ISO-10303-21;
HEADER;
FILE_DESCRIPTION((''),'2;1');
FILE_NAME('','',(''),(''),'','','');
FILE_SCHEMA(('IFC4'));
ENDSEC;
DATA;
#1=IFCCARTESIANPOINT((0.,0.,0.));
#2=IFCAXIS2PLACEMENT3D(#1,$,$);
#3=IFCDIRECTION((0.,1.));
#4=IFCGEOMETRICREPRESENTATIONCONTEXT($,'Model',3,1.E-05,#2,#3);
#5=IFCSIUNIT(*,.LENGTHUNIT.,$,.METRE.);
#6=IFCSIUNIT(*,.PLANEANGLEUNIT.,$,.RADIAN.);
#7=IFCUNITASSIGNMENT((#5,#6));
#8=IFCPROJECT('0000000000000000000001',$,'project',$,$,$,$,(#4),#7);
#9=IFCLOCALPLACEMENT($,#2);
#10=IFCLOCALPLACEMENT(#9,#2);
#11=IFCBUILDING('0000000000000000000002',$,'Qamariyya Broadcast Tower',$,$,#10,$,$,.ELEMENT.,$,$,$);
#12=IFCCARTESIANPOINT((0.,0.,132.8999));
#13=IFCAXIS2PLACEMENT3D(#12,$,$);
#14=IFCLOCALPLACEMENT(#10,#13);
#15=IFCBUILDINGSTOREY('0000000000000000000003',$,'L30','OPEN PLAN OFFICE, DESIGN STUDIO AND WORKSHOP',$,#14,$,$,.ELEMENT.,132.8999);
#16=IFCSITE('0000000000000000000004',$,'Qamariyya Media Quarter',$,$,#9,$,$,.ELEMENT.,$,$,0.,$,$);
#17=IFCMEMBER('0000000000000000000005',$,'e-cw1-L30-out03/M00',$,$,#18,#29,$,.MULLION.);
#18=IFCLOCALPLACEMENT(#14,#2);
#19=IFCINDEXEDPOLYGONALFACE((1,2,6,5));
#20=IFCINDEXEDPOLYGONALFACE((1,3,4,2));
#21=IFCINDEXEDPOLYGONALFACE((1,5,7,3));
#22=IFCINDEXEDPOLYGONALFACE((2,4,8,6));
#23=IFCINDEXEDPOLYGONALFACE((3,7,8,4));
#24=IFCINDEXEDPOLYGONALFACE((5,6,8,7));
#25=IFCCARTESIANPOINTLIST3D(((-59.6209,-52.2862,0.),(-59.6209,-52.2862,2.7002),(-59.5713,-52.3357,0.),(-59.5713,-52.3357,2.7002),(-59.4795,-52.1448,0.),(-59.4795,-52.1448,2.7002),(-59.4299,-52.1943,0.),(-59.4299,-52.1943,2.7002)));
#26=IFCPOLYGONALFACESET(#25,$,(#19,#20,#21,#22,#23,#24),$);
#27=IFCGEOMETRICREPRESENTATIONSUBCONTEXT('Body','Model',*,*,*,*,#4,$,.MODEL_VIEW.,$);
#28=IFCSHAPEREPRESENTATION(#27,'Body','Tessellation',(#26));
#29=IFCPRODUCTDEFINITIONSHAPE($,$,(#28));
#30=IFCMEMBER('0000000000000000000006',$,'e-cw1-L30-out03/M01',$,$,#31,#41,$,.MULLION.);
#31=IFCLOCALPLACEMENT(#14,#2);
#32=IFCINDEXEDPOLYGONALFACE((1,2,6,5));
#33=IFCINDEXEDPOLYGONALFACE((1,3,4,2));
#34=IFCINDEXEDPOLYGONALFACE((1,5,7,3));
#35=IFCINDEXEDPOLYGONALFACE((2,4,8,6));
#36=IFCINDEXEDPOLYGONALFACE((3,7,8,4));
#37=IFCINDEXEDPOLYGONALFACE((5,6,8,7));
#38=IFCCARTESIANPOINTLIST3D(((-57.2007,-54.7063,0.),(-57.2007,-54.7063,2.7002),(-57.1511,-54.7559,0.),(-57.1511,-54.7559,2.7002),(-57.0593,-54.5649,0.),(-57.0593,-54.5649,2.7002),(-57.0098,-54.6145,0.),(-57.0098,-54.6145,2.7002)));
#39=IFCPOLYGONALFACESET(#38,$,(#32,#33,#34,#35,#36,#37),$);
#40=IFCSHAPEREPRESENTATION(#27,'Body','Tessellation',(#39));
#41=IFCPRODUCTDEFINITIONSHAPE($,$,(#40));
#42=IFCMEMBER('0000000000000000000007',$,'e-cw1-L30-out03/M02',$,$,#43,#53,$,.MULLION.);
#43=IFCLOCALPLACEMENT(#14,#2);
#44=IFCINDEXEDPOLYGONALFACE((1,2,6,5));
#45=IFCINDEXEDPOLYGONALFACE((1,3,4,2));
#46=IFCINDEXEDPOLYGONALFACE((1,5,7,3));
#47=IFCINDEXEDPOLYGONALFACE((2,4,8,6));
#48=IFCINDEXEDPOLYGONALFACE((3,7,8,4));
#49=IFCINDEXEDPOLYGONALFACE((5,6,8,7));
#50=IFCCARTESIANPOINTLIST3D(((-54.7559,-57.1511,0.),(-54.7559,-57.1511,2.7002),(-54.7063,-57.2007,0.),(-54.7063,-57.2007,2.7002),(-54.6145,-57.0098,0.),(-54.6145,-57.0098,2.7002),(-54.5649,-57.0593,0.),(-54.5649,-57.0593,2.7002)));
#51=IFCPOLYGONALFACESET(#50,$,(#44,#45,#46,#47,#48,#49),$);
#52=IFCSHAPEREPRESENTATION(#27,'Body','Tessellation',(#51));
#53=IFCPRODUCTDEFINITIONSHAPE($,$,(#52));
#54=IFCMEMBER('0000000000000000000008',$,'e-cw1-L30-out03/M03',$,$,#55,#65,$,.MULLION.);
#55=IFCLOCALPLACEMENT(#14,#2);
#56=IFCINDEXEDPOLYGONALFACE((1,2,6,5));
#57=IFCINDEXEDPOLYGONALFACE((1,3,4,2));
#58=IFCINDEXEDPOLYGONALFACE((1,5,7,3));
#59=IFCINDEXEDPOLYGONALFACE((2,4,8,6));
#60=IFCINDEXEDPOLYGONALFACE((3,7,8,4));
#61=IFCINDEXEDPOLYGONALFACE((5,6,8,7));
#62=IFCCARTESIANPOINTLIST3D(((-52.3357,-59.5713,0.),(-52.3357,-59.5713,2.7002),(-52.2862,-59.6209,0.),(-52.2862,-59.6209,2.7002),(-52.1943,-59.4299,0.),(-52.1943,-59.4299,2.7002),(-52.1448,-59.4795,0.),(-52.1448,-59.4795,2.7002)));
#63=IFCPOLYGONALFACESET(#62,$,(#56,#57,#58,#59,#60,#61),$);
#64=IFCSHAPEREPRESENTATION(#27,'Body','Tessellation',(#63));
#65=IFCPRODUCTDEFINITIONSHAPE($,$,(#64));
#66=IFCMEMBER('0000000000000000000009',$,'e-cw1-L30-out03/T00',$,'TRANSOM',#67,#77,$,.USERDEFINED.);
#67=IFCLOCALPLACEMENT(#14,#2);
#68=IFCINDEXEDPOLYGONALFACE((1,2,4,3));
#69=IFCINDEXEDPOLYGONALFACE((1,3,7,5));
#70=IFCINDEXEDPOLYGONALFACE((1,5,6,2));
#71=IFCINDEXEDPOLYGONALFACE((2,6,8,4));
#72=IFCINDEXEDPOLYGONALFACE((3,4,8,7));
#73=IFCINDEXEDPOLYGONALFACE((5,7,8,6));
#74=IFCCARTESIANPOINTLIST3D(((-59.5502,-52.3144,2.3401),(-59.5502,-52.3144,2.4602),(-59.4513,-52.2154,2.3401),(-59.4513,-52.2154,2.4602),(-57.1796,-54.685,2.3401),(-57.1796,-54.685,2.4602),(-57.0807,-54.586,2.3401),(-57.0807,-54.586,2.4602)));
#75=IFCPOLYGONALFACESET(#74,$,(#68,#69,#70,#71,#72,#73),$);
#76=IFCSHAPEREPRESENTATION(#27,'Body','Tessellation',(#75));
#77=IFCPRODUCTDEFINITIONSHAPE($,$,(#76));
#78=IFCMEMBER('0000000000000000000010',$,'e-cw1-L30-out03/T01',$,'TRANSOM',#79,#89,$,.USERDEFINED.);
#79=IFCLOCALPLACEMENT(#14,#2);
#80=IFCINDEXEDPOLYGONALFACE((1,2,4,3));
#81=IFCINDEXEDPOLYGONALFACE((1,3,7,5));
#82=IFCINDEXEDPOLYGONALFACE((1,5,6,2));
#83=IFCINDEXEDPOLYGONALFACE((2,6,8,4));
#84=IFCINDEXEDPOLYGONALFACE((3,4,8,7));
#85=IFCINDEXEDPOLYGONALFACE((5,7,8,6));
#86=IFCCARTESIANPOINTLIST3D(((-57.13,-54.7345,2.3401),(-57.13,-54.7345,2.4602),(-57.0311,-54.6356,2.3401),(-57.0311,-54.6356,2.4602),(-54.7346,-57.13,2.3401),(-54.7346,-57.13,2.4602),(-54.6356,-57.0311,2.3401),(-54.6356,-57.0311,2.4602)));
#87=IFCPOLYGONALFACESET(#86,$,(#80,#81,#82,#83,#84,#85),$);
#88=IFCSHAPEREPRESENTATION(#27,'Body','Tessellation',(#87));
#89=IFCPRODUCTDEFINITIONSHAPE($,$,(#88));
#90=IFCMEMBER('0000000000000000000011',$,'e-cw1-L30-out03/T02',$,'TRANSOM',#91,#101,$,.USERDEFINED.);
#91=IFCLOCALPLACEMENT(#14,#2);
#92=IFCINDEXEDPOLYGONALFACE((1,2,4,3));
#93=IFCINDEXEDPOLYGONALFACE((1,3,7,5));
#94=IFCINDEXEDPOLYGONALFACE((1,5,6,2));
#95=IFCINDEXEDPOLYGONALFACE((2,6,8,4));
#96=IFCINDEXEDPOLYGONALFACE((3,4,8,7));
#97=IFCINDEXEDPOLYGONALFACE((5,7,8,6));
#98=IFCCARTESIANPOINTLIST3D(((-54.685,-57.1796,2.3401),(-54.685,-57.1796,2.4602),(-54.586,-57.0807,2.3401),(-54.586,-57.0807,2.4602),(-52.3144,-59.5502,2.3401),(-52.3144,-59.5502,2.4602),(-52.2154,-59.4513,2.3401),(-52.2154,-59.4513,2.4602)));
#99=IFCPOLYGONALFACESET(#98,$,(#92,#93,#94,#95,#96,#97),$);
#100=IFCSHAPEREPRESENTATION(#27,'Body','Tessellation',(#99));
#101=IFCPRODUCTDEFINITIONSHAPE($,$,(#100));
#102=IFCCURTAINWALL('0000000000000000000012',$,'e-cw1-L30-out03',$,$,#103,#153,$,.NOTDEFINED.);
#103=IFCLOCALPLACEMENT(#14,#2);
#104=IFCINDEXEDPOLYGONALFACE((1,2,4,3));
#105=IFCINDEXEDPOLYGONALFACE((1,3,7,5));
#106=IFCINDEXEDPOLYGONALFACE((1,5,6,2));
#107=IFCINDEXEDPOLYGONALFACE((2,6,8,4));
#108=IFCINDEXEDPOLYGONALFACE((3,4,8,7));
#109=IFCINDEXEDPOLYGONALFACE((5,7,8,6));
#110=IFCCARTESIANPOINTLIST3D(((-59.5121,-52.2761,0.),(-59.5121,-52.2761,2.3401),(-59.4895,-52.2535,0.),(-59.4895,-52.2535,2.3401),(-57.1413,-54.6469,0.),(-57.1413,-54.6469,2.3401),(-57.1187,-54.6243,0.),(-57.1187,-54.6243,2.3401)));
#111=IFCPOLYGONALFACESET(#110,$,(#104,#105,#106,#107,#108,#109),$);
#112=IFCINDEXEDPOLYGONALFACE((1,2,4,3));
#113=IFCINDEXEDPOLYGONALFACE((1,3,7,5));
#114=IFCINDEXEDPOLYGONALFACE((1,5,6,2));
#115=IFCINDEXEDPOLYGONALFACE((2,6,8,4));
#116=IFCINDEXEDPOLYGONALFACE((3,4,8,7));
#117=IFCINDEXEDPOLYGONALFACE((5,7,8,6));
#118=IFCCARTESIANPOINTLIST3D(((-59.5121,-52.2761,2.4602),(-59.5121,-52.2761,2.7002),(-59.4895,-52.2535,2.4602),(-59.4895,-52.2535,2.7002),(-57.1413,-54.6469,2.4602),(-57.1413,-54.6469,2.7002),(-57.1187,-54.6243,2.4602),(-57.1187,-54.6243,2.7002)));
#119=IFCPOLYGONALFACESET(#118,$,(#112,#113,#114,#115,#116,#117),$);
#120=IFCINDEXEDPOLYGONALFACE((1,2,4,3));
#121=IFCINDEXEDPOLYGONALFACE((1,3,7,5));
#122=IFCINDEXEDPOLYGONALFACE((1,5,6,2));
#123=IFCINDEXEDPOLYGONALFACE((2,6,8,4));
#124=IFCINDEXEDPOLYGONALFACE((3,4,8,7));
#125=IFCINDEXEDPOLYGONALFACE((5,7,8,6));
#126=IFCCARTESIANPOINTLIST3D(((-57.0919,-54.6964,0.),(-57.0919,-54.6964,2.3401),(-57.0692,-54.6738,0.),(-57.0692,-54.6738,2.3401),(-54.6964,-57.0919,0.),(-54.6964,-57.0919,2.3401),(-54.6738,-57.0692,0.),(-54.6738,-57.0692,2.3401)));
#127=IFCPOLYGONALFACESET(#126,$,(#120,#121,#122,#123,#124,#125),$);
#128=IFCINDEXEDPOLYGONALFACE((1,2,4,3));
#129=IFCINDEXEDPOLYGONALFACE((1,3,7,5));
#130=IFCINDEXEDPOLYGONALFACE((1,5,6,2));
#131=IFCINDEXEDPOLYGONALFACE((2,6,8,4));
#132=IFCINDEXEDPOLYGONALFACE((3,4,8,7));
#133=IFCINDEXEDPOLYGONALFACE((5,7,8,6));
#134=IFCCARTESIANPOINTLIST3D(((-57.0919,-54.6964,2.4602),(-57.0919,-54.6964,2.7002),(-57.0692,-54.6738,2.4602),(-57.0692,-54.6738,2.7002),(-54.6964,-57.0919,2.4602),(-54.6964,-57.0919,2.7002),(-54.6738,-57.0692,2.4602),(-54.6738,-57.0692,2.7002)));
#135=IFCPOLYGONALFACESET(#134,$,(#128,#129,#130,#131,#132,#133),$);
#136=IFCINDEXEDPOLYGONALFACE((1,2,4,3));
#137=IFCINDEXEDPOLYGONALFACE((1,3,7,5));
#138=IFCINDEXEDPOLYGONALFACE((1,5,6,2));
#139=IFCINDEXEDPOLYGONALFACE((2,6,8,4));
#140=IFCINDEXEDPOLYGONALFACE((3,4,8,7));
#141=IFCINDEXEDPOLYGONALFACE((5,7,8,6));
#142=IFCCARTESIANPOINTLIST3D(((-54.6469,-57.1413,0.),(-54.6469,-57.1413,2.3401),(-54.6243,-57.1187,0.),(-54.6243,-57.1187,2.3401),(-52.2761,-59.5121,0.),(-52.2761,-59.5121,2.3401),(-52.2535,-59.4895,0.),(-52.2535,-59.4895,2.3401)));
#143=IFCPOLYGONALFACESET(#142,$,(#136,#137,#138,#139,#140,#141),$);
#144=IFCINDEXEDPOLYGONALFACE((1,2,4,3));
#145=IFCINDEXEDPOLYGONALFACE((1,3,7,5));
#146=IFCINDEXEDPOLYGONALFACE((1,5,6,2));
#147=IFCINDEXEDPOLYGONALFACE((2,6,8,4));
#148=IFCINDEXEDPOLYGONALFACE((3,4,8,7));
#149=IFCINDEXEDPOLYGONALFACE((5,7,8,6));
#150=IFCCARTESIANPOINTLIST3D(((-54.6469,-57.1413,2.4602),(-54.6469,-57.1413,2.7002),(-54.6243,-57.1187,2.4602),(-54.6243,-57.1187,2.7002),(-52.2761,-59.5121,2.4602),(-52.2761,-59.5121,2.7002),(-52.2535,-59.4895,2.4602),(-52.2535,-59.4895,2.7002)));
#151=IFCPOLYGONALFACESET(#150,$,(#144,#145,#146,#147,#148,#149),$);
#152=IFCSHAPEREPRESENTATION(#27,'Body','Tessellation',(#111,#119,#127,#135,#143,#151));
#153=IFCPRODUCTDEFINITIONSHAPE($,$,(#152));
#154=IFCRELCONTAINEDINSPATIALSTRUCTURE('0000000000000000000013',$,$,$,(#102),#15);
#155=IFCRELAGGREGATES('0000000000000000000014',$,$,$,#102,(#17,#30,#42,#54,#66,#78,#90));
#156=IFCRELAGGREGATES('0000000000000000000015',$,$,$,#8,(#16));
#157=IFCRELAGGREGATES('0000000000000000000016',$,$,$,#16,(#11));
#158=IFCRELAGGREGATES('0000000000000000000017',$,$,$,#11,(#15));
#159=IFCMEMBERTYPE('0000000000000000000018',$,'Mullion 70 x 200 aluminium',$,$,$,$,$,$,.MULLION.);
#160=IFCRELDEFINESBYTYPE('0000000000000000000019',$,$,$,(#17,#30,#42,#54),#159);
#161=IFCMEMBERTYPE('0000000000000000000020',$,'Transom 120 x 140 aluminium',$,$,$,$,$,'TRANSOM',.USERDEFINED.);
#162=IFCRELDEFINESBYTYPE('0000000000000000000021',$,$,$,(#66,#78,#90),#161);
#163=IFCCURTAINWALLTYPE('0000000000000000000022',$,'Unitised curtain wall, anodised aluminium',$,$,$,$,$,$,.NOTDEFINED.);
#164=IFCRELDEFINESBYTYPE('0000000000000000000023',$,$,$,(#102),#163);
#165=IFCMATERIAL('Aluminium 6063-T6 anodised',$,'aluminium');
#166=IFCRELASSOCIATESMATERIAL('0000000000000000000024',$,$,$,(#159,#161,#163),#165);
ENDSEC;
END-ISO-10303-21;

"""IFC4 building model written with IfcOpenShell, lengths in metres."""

from ifc_helpers import new_model, si_unit, direction, frame, origin, origin_2d, place, context, subcontext, project, spatial, rectangle, extrude, material, material_profile, profile_set, type_object, element, aggregate, save


model = new_model("IFC4")

# Units and contexts
model_context = context("Model", 3, precision=1e-05, world=origin(), true_north=direction((0.0, 1.0)))
body_context = subcontext(model_context, "Body", "Model", "MODEL_VIEW")
ifc_project = project(units=[si_unit("LENGTHUNIT", "METRE"), si_unit("PLANEANGLEUNIT", "RADIAN")], contexts=[model_context])

# Members
ifc_material = material(Name="Aluminium 6063-T6 anodised", Category="aluminium")
ifc_material_profile_1 = material_profile(ifc_material, rectangle(XDim=0.2, YDim=0.0701, at=origin_2d()))
ifc_profile_set_1 = profile_set([ifc_material_profile_1], Name="Aluminium 6063-T6 anodised")
member_type_1 = type_object("IfcMemberType", Name="Mullion 70 x 200 aluminium", PredefinedType="MULLION", material=ifc_profile_set_1)
site_placement = place(None, origin())
building_placement = place(site_placement, origin())
storey_placement = place(building_placement, frame((0.0, 0.0, 132.8999)))
member_1_placement = place(storey_placement, frame((-59.5254, -52.2402, 0.0), z_axis=(0.0, 0.0, 1.0), x_axis=(0.707107, 0.707107, 0.0)))
member_1 = element("IfcMember", 1, at=member_1_placement, type_object=member_type_1, Name="e-cw1-L30-out03/M00", PredefinedType="MULLION", context=body_context, shape_type="SweptSolid", body=[
    extrude(rectangle(XDim=0.2, YDim=0.0701, at=origin_2d()), origin(), (0.0, 0.0, 1.0), 2.7002),
])
member_2_placement = place(storey_placement, frame((-57.1052, -54.6604, 0.0), z_axis=(0.0, 0.0, 1.0), x_axis=(0.707107, 0.707107, 0.0)))
member_2 = element("IfcMember", 2, at=member_2_placement, type_object=member_type_1, Name="e-cw1-L30-out03/M01", PredefinedType="MULLION", context=body_context, shape_type="SweptSolid", body=[
    extrude(rectangle(XDim=0.2, YDim=0.0701, at=origin_2d()), origin(), (0.0, 0.0, 1.0), 2.7002),
])
member_3_placement = place(storey_placement, frame((-54.6604, -57.1052, 0.0), z_axis=(0.0, 0.0, 1.0), x_axis=(0.707107, 0.707107, 0.0)))
member_3 = element("IfcMember", 3, at=member_3_placement, type_object=member_type_1, Name="e-cw1-L30-out03/M02", PredefinedType="MULLION", context=body_context, shape_type="SweptSolid", body=[
    extrude(rectangle(XDim=0.2, YDim=0.0701, at=origin_2d()), origin(), (0.0, 0.0, 1.0), 2.7002),
])
member_4_placement = place(storey_placement, frame((-52.2402, -59.5254, 0.0), z_axis=(0.0, 0.0, 1.0), x_axis=(0.707107, 0.707107, 0.0)))
member_4 = element("IfcMember", 4, at=member_4_placement, type_object=member_type_1, Name="e-cw1-L30-out03/M03", PredefinedType="MULLION", context=body_context, shape_type="SweptSolid", body=[
    extrude(rectangle(XDim=0.2, YDim=0.0701, at=origin_2d()), origin(), (0.0, 0.0, 1.0), 2.7002),
])
ifc_material_profile_2 = material_profile(ifc_material, rectangle(XDim=0.1399, YDim=0.1201, at=origin_2d()))
ifc_profile_set_2 = profile_set([ifc_material_profile_2], Name="Aluminium 6063-T6 anodised")
member_type_2 = type_object("IfcMemberType", Name="Transom 120 x 140 aluminium", ElementType="TRANSOM", PredefinedType="USERDEFINED", material=ifc_profile_set_2)
member_5_placement = place(storey_placement, frame((-59.5007, -52.2649, 2.4001), z_axis=(0.707107, -0.707107, 0.0), x_axis=(0.707107, 0.707107, 0.0)))
member_5 = element("IfcMember", 5, at=member_5_placement, type_object=member_type_2, Name="e-cw1-L30-out03/T00", ObjectType="TRANSOM", PredefinedType="USERDEFINED", context=body_context, shape_type="SweptSolid", body=[
    extrude(rectangle(XDim=0.1399, YDim=0.1201, at=origin_2d()), origin(), (0.0, 0.0, 1.0), 3.3525),
])
member_6_placement = place(storey_placement, frame((-57.0806, -54.6851, 2.4001), z_axis=(0.707107, -0.707107, 0.0), x_axis=(0.707107, 0.707107, 0.0)))
member_6 = element("IfcMember", 6, at=member_6_placement, type_object=member_type_2, Name="e-cw1-L30-out03/T01", ObjectType="TRANSOM", PredefinedType="USERDEFINED", context=body_context, shape_type="SweptSolid", body=[
    extrude(rectangle(XDim=0.1399, YDim=0.1201, at=origin_2d()), origin(), (0.0, 0.0, 1.0), 3.3877),
])
member_7_placement = place(storey_placement, frame((-54.6355, -57.1301, 2.4001), z_axis=(0.707107, -0.707107, 0.0), x_axis=(0.707107, 0.707107, 0.0)))
member_7 = element("IfcMember", 7, at=member_7_placement, type_object=member_type_2, Name="e-cw1-L30-out03/T02", ObjectType="TRANSOM", PredefinedType="USERDEFINED", context=body_context, shape_type="SweptSolid", body=[
    extrude(rectangle(XDim=0.1399, YDim=0.1201, at=origin_2d()), origin(), (0.0, 0.0, 1.0), 3.3525),
])

# Site, building, storey
site = spatial("IfcSite", under=ifc_project, at=site_placement, Name="Qamariyya Media Quarter", CompositionType="ELEMENT", RefElevation=0.0)
building = spatial("IfcBuilding", under=site, at=building_placement, Name="Qamariyya Broadcast Tower", CompositionType="ELEMENT")
storey = spatial("IfcBuildingStorey", under=building, at=storey_placement, Name="L30", Description="OPEN PLAN OFFICE, DESIGN STUDIO AND WORKSHOP", CompositionType="ELEMENT", Elevation=132.8999)

# Curtain wall
curtain_wall_type = type_object("IfcCurtainWallType", Name="Unitised curtain wall, anodised aluminium", PredefinedType="NOTDEFINED", material=ifc_material)
curtain_wall_1_placement = place(storey_placement, origin())
curtain_wall_1 = element("IfcCurtainWall", 8, at=curtain_wall_1_placement, inside=storey, type_object=curtain_wall_type, Name="e-cw1-L30-out03", PredefinedType="NOTDEFINED", context=body_context, shape_type="SweptSolid", body=[
    extrude(rectangle(XDim=3.3528, YDim=0.032, at=origin_2d()), frame((-58.3154, -53.4502, 0.0), x_axis=(0.707107, -0.707107, 0.0)), (0.0, 0.0, 1.0), 2.3401),
    extrude(rectangle(XDim=3.3528, YDim=0.032, at=origin_2d()), frame((-58.3154, -53.4502, 2.4602), x_axis=(0.707107, -0.707107, 0.0)), (0.0, 0.0, 1.0), 0.24),
    extrude(rectangle(XDim=3.3877, YDim=0.032, at=origin_2d()), frame((-55.8828, -55.8828, 0.0), x_axis=(0.707107, -0.707107, 0.0)), (0.0, 0.0, 1.0), 2.3401),
    extrude(rectangle(XDim=3.3877, YDim=0.032, at=origin_2d()), frame((-55.8828, -55.8828, 2.4602), x_axis=(0.707107, -0.707107, 0.0)), (0.0, 0.0, 1.0), 0.24),
    extrude(rectangle(XDim=3.3528, YDim=0.032, at=origin_2d()), frame((-53.4502, -58.3154, 0.0), x_axis=(0.707107, -0.707107, 0.0)), (0.0, 0.0, 1.0), 2.3401),
    extrude(rectangle(XDim=3.3528, YDim=0.032, at=origin_2d()), frame((-53.4502, -58.3154, 2.4602), x_axis=(0.707107, -0.707107, 0.0)), (0.0, 0.0, 1.0), 0.24),
])
aggregate(curtain_wall_1, [member_1, member_2, member_3, member_4, member_5, member_6, member_7])

save(model, "model.ifc")
